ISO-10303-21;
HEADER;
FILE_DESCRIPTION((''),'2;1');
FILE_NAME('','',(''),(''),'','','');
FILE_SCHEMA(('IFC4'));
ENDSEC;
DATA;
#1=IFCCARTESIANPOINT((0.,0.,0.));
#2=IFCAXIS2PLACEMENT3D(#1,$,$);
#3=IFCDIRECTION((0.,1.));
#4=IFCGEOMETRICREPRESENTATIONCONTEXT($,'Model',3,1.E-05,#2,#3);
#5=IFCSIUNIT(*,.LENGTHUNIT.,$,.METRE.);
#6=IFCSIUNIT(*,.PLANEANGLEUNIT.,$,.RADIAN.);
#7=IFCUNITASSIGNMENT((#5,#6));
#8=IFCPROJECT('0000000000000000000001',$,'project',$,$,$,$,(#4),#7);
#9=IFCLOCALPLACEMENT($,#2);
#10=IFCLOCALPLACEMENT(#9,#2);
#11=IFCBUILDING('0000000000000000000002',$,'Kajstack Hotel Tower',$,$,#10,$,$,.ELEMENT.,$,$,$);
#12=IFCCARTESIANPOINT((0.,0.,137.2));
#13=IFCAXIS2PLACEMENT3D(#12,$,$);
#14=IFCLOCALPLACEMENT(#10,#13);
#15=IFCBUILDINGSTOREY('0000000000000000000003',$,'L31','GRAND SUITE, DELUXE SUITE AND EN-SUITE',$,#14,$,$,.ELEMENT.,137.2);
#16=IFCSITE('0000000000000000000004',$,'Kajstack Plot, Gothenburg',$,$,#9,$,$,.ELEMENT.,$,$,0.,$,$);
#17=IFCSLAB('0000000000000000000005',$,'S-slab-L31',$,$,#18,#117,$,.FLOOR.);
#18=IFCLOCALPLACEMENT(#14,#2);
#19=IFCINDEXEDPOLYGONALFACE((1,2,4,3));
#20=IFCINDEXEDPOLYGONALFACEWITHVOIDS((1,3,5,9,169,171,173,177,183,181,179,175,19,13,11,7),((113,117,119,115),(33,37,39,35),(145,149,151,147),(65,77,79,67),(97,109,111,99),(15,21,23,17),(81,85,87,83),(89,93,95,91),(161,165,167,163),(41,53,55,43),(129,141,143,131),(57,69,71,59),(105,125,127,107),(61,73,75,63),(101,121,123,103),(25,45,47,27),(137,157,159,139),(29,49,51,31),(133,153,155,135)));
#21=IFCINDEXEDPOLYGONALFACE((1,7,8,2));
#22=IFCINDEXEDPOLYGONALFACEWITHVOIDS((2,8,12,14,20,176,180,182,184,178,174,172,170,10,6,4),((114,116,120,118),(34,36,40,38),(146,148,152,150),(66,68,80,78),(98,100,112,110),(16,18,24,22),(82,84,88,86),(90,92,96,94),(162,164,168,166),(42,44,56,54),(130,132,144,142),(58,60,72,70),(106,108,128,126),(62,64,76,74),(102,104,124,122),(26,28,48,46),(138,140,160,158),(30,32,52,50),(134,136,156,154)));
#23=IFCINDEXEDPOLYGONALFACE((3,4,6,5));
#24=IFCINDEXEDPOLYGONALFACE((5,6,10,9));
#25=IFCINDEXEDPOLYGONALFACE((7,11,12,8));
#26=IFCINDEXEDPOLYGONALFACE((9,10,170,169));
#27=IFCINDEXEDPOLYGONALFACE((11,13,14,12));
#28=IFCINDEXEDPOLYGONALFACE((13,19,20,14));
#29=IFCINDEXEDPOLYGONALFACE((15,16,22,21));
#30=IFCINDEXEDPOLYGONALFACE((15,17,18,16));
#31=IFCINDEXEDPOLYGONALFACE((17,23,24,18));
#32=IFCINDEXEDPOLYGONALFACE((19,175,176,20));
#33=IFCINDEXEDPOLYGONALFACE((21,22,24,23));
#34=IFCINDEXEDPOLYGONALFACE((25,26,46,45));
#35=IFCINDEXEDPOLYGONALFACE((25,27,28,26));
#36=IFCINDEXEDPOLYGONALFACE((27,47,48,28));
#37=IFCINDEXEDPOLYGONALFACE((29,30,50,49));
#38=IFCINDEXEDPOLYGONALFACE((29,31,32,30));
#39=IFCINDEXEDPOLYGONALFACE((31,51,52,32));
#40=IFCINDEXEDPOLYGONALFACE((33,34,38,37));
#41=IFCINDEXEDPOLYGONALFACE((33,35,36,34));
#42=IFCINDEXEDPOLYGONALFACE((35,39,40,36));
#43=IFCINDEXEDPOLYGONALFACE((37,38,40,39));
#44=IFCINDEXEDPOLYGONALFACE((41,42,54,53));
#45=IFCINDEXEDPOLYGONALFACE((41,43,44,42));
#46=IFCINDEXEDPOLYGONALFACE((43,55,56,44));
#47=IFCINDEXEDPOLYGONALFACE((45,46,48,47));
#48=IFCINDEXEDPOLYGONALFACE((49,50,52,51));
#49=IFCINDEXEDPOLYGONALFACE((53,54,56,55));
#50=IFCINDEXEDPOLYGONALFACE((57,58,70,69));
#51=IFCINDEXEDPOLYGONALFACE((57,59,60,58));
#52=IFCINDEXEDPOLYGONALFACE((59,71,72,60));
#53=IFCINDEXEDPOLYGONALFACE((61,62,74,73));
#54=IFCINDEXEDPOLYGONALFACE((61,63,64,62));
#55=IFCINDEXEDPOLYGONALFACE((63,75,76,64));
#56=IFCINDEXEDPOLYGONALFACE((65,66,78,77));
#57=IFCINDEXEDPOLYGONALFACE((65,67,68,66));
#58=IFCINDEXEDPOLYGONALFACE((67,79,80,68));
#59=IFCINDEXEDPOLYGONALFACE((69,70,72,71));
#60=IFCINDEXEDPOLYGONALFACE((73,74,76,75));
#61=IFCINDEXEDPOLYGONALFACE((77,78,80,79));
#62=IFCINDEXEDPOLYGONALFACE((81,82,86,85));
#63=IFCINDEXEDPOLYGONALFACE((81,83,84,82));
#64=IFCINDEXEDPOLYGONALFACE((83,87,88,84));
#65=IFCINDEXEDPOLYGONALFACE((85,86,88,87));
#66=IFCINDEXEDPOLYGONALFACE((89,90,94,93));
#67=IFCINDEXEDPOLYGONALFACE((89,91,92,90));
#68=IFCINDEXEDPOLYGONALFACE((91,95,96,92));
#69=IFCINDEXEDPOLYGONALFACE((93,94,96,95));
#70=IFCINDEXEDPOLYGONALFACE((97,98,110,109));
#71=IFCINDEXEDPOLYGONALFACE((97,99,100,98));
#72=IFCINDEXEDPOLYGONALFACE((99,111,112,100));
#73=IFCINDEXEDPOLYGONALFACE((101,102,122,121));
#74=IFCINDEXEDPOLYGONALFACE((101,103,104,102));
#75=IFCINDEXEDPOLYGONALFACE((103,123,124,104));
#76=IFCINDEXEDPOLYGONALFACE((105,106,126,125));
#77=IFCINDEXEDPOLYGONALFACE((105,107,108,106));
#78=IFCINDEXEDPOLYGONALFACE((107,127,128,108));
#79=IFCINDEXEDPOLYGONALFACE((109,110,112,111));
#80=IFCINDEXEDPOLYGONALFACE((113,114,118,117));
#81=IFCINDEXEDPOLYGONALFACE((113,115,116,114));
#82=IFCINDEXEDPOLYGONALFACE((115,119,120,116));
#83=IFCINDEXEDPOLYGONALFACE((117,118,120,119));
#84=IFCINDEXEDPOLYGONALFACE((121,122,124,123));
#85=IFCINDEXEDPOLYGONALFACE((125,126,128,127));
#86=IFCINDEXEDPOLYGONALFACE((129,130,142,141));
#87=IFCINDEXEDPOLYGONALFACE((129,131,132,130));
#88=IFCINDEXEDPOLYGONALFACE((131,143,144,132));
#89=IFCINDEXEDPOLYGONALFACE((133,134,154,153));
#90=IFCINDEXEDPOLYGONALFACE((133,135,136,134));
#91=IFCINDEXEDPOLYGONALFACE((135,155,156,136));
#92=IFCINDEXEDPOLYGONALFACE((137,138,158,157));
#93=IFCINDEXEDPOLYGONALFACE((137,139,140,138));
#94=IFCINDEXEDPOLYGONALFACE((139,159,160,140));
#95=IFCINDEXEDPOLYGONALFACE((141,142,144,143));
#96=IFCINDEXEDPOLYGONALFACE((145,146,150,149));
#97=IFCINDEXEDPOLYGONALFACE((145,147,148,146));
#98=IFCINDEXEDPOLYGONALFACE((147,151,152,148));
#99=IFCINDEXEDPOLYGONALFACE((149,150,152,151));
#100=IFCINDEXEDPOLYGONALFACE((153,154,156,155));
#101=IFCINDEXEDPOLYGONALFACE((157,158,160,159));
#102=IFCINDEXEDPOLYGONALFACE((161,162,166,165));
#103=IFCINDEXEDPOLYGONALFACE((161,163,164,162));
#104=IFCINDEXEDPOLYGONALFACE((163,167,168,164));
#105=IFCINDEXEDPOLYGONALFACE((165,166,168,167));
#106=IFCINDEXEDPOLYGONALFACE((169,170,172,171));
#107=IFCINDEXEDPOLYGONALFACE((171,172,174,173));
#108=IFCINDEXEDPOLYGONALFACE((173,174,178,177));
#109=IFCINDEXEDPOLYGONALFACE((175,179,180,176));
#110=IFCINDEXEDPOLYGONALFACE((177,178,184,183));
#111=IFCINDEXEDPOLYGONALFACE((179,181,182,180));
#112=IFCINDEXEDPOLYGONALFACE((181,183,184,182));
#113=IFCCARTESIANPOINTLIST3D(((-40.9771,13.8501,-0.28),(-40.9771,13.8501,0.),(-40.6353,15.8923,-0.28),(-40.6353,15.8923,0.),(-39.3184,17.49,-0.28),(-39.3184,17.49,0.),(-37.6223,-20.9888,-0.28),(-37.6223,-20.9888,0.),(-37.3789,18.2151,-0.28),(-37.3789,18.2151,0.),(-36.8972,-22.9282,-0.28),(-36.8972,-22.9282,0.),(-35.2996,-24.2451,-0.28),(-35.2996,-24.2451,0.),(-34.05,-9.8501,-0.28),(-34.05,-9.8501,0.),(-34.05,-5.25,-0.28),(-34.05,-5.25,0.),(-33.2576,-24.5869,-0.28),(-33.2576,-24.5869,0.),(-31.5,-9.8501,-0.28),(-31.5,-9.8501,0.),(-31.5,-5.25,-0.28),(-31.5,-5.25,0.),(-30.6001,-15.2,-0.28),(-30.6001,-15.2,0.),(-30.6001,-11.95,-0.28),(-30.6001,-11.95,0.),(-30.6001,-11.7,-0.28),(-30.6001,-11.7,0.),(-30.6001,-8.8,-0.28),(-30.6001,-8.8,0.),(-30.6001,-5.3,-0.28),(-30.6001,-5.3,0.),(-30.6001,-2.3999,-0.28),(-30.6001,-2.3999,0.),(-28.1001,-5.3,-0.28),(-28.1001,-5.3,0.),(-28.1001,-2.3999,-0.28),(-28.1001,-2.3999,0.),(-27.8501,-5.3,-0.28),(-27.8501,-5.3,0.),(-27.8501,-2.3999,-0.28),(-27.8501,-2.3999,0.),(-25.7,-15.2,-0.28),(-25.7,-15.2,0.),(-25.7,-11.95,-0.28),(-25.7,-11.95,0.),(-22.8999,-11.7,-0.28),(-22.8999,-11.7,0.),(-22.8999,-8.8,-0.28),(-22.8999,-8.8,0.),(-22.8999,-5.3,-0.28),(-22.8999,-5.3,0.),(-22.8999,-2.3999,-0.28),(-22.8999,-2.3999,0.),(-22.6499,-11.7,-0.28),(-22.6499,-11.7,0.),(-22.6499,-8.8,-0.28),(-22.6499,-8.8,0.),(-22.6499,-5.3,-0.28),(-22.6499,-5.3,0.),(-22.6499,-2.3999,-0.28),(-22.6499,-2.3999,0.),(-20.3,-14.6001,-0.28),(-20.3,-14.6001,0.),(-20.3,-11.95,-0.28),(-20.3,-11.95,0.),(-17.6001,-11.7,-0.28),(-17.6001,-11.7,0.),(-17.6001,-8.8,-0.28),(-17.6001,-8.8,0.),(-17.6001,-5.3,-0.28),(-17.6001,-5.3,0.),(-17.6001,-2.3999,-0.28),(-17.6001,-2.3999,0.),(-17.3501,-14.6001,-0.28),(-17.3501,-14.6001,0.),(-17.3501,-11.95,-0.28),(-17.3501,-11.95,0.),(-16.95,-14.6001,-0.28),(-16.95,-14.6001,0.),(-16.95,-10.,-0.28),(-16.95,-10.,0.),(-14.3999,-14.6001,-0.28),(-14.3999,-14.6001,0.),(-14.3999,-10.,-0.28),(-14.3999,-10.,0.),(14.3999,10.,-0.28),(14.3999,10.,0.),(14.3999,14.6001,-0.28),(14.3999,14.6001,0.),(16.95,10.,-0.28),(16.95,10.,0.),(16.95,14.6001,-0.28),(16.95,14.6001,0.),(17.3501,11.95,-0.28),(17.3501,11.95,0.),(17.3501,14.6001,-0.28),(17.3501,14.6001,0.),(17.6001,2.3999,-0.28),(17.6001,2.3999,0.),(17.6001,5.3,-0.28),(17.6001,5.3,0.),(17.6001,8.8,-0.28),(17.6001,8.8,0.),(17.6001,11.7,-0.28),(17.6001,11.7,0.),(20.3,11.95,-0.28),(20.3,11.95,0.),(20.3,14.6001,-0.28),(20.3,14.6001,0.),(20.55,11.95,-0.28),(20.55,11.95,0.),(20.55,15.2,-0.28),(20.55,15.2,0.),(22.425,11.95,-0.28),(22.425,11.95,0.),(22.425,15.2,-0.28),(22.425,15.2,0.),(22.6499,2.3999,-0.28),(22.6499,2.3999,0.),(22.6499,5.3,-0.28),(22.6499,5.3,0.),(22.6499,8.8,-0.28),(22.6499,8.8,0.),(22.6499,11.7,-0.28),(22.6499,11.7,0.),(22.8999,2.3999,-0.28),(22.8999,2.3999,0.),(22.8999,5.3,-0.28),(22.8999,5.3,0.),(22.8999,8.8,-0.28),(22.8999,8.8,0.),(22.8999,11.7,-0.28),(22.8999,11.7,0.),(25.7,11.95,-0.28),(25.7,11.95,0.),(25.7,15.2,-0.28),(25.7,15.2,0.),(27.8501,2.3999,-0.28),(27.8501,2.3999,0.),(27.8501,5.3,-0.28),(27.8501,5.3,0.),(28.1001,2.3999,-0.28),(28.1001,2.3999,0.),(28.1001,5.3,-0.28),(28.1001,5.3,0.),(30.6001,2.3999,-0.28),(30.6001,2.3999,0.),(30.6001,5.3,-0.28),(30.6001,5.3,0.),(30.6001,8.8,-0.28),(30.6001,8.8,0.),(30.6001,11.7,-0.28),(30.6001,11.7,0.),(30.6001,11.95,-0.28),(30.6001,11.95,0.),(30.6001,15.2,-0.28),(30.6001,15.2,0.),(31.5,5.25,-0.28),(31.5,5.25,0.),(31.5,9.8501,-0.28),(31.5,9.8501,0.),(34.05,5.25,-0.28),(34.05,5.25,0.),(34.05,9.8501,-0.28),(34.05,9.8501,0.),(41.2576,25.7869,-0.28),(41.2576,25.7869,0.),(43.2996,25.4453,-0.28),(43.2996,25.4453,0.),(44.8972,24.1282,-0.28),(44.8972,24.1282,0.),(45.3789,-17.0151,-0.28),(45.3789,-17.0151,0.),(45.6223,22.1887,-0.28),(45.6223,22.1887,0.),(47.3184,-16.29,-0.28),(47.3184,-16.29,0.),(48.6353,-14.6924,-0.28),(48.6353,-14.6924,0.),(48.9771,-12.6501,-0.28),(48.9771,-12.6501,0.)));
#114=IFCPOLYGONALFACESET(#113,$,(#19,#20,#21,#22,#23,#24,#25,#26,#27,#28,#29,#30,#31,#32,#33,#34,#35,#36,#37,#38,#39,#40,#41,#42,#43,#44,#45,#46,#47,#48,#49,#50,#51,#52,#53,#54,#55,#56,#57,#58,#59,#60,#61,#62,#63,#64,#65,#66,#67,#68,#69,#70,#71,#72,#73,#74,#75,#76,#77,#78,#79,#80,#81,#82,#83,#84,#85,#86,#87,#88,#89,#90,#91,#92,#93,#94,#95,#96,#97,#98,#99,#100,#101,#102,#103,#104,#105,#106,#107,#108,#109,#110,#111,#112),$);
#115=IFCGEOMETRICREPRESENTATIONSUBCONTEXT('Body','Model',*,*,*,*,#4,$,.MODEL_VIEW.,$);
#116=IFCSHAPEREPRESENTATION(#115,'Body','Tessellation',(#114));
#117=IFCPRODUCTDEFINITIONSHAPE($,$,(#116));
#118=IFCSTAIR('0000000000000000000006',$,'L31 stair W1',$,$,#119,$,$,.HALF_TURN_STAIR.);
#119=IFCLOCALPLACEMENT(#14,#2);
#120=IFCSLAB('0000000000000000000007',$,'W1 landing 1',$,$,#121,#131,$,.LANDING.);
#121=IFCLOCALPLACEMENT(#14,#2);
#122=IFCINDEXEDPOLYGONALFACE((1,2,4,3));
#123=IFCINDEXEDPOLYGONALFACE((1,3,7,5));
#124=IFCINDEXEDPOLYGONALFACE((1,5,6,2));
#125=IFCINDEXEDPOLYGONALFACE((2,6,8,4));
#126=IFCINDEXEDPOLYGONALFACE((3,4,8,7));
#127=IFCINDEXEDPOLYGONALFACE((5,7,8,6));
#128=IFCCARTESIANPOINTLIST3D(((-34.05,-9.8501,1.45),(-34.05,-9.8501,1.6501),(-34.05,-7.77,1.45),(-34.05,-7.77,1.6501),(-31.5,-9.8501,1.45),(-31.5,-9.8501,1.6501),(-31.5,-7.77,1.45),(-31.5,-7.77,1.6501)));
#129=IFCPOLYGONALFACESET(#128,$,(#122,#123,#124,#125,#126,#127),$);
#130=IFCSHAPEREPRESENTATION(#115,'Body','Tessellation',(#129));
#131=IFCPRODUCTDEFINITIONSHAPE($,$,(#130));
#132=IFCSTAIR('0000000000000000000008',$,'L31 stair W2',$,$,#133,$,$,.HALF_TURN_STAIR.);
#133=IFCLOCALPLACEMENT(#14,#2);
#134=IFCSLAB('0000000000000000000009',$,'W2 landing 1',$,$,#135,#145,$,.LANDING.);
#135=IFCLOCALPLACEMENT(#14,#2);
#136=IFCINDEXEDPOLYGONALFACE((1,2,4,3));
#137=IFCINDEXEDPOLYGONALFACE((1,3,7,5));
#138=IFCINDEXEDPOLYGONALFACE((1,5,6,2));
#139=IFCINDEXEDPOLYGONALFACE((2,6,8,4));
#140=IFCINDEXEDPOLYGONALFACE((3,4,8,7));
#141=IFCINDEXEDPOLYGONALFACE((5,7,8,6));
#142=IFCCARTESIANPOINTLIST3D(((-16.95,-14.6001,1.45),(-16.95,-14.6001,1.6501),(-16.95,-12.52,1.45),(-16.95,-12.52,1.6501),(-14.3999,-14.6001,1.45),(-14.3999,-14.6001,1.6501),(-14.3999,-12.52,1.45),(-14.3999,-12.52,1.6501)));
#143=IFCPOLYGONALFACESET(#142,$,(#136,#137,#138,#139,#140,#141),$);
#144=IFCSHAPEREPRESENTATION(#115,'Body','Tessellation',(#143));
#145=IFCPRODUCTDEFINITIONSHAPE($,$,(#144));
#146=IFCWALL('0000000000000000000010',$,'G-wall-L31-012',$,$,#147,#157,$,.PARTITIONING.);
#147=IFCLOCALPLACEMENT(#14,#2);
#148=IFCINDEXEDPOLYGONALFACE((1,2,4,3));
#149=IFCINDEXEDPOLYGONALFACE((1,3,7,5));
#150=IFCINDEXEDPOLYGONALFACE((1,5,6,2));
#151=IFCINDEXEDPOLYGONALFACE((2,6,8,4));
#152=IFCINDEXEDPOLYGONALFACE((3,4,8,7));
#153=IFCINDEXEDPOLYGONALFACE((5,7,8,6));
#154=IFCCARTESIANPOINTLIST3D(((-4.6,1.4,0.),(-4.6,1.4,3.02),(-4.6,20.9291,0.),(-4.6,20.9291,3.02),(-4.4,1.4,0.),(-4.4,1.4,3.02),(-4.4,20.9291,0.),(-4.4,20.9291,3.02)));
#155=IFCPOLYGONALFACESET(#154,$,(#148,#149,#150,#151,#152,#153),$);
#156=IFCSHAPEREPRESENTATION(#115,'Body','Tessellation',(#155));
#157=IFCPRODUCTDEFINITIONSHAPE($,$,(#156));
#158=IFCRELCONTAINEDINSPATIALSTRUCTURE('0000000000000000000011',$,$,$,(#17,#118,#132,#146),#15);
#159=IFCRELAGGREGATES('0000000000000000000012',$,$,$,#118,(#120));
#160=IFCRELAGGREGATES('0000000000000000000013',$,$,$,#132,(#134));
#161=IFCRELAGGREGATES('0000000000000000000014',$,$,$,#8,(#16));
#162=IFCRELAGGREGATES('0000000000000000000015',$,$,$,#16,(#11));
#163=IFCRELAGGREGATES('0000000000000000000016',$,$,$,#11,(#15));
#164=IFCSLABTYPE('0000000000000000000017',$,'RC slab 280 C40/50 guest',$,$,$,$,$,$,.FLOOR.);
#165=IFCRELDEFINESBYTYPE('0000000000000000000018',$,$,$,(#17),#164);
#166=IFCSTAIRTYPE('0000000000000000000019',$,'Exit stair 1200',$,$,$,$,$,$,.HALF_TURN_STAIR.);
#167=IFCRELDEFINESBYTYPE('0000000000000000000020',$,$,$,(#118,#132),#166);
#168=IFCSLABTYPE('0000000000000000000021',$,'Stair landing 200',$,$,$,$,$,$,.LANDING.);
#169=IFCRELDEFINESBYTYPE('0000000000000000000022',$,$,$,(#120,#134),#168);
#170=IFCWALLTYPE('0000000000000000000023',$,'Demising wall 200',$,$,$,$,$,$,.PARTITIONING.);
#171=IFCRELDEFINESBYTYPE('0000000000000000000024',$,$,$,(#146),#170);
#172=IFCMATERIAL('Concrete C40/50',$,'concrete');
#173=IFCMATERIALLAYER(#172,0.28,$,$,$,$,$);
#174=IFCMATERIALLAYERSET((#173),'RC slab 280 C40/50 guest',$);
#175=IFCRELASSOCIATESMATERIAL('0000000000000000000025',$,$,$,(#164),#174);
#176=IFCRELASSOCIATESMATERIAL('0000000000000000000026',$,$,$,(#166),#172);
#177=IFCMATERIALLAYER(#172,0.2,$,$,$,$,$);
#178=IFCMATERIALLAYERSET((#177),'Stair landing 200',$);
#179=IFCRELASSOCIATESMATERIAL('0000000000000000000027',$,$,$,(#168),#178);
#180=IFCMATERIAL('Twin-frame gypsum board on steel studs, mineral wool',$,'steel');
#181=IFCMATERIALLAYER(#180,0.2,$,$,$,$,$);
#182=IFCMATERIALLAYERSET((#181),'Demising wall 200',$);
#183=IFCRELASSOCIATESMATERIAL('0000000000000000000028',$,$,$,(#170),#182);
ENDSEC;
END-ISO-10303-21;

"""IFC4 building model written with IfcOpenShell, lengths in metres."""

from ifc_helpers import new_model, si_unit, direction, frame, frame_2d, origin, place, context, subcontext, project, spatial, polyline, rectangle, outline, extrude, material, layer, layer_set, type_object, element, aggregate, save


model = new_model("IFC4")

# Units and contexts
model_context = context("Model", 3, precision=1e-05, world=origin(), true_north=direction((0.0, 1.0)))
body_context = subcontext(model_context, "Body", "Model", "MODEL_VIEW")
ifc_project = project(units=[si_unit("LENGTHUNIT", "METRE"), si_unit("PLANEANGLEUNIT", "RADIAN")], contexts=[model_context])

# Site, building, storey
site_placement = place(None, origin())
site = spatial("IfcSite", under=ifc_project, at=site_placement, Name="Kajstack Plot, Gothenburg", CompositionType="ELEMENT", RefElevation=0.0)
building_placement = place(site_placement, origin())
building = spatial("IfcBuilding", under=site, at=building_placement, Name="Kajstack Hotel Tower", CompositionType="ELEMENT")
storey_placement = place(building_placement, frame((0.0, 0.0, 137.2)))
storey = spatial("IfcBuildingStorey", under=building, at=storey_placement, Name="L31", Description="GRAND SUITE, DELUXE SUITE AND EN-SUITE", CompositionType="ELEMENT", Elevation=137.2)

# Slab
ifc_material_1 = material(Name="Concrete C40/50", Category="concrete")
ifc_layer_1 = layer(ifc_material_1, 0.28)
ifc_layer_set_1 = layer_set([ifc_layer_1], Name="RC slab 280 C40/50 guest")
slab_type_1 = type_object("IfcSlabType", Name="RC slab 280 C40/50 guest", PredefinedType="FLOOR", material=ifc_layer_set_1)
slab_1_placement = place(storey_placement, frame((0.0, 0.0, -0.28)))
element("IfcSlab", 1, at=slab_1_placement, inside=storey, type_object=slab_type_1, Name="S-slab-L31", PredefinedType="FLOOR", context=body_context, shape_type="SweptSolid", body=[
    extrude(outline(polyline([(-40.9771, 13.8501), (-37.6223, -20.9888), (-36.8972, -22.9282), (-35.2996, -24.2451), (-33.2576, -24.5869), (45.3789, -17.0151), (47.3184, -16.29), (48.6353, -14.6924), (48.9771, -12.6501), (45.6223, 22.1887), (44.8972, 24.1282), (43.2996, 25.4453), (41.2576, 25.7869), (-37.3789, 18.2151), (-39.3184, 17.49), (-40.6353, 15.8923), (-40.9771, 13.8501)]), holes=[polyline([(-30.6001, -11.7), (-30.6001, -8.8), (-22.8999, -8.8), (-22.8999, -11.7), (-30.6001, -11.7)]), polyline([(-22.6499, -11.7), (-22.6499, -8.8), (-17.6001, -8.8), (-17.6001, -11.7), (-22.6499, -11.7)]), polyline([(-27.8501, -5.3), (-27.8501, -2.3999), (-22.8999, -2.3999), (-22.8999, -5.3), (-27.8501, -5.3)]), polyline([(-22.6499, -5.3), (-22.6499, -2.3999), (-17.6001, -2.3999), (-17.6001, -5.3), (-22.6499, -5.3)]), polyline([(-20.3, -14.6001), (-17.3501, -14.6001), (-17.3501, -11.95), (-20.3, -11.95), (-20.3, -14.6001)]), polyline([(-30.6001, -5.3), (-28.1001, -5.3), (-28.1001, -2.3999), (-30.6001, -2.3999), (-30.6001, -5.3)]), polyline([(22.8999, 8.8), (22.8999, 11.7), (30.6001, 11.7), (30.6001, 8.8), (22.8999, 8.8)]), polyline([(17.6001, 8.8), (17.6001, 11.7), (22.6499, 11.7), (22.6499, 8.8), (17.6001, 8.8)]), polyline([(22.8999, 2.3999), (22.8999, 5.3), (27.8501, 5.3), (27.8501, 2.3999), (22.8999, 2.3999)]), polyline([(17.6001, 2.3999), (17.6001, 5.3), (22.6499, 5.3), (22.6499, 2.3999), (17.6001, 2.3999)]), polyline([(20.3, 14.6001), (17.3501, 14.6001), (17.3501, 11.95), (20.3, 11.95), (20.3, 14.6001)]), polyline([(30.6001, 5.3), (28.1001, 5.3), (28.1001, 2.3999), (30.6001, 2.3999), (30.6001, 5.3)]), polyline([(-34.05, -9.8501), (-31.5, -9.8501), (-31.5, -5.25), (-34.05, -5.25), (-34.05, -9.8501)]), polyline([(-16.95, -14.6001), (-14.3999, -14.6001), (-14.3999, -10.0), (-16.95, -10.0), (-16.95, -14.6001)]), polyline([(-30.6001, -15.2), (-25.7, -15.2), (-25.7, -11.95), (-30.6001, -11.95), (-30.6001, -15.2)]), polyline([(34.05, 9.8501), (31.5, 9.8501), (31.5, 5.25), (34.05, 5.25), (34.05, 9.8501)]), polyline([(16.95, 14.6001), (14.3999, 14.6001), (14.3999, 10.0), (16.95, 10.0), (16.95, 14.6001)]), polyline([(30.6001, 15.2), (25.7, 15.2), (25.7, 11.95), (30.6001, 11.95), (30.6001, 15.2)]), polyline([(22.425, 15.2), (22.425, 11.95), (20.55, 11.95), (20.55, 15.2), (22.425, 15.2)])]), origin(), (0.0, 0.0, 1.0), 0.28),
])

# Stairs, slabs
stair_type = type_object("IfcStairType", Name="Exit stair 1200", PredefinedType="HALF_TURN_STAIR", material=ifc_material_1)
stair_1_placement = place(storey_placement, origin())
stair_1 = element("IfcStair", 2, at=stair_1_placement, inside=storey, type_object=stair_type, Name="L31 stair W1", PredefinedType="HALF_TURN_STAIR")
ifc_layer_2 = layer(ifc_material_1, 0.2)
ifc_layer_set_2 = layer_set([ifc_layer_2], Name="Stair landing 200")
slab_type_2 = type_object("IfcSlabType", Name="Stair landing 200", PredefinedType="LANDING", material=ifc_layer_set_2)
slab_2_placement = place(storey_placement, frame((0.0, 0.0, 1.45)))
slab_2 = element("IfcSlab", 3, at=slab_2_placement, type_object=slab_type_2, Name="W1 landing 1", PredefinedType="LANDING", context=body_context, shape_type="SweptSolid", body=[
    extrude(outline(polyline([(-34.05, -7.77), (-34.05, -9.8501), (-31.5, -9.8501), (-31.5, -7.77), (-34.05, -7.77)])), origin(), (0.0, 0.0, 1.0), 0.2002),
])
aggregate(stair_1, [slab_2])
stair_2_placement = place(storey_placement, origin())
stair_2 = element("IfcStair", 4, at=stair_2_placement, inside=storey, type_object=stair_type, Name="L31 stair W2", PredefinedType="HALF_TURN_STAIR")
slab_3_placement = place(storey_placement, frame((0.0, 0.0, 1.45)))
slab_3 = element("IfcSlab", 5, at=slab_3_placement, type_object=slab_type_2, Name="W2 landing 1", PredefinedType="LANDING", context=body_context, shape_type="SweptSolid", body=[
    extrude(outline(polyline([(-16.95, -12.52), (-16.95, -14.6001), (-14.3999, -14.6001), (-14.3999, -12.52), (-16.95, -12.52)])), origin(), (0.0, 0.0, 1.0), 0.2002),
])
aggregate(stair_2, [slab_3])

# Wall
ifc_material_2 = material(Name="Twin-frame gypsum board on steel studs, mineral wool", Category="steel")
ifc_layer_3 = layer(ifc_material_2, 0.2)
ifc_layer_set_3 = layer_set([ifc_layer_3], Name="Demising wall 200")
wall_type_1 = type_object("IfcWallType", Name="Demising wall 200", PredefinedType="PARTITIONING", material=ifc_layer_set_3)
wall_1_placement = place(storey_placement, frame((-4.5, 1.3999, 0.0), z_axis=(0.0, 0.0, 1.0), x_axis=(0.0, 1.0, 0.0)))
element("IfcWall", 6, at=wall_1_placement, inside=storey, type_object=wall_type_1, Name="G-wall-L31-012", PredefinedType="PARTITIONING", context=body_context, shape_type="SweptSolid", body=[
    extrude(rectangle(XDim=19.5291, YDim=0.2, at=frame_2d((9.7646, 0.0))), origin(), (0.0, 0.0, 1.0), 3.02),
])

save(model, "model.ifc")
